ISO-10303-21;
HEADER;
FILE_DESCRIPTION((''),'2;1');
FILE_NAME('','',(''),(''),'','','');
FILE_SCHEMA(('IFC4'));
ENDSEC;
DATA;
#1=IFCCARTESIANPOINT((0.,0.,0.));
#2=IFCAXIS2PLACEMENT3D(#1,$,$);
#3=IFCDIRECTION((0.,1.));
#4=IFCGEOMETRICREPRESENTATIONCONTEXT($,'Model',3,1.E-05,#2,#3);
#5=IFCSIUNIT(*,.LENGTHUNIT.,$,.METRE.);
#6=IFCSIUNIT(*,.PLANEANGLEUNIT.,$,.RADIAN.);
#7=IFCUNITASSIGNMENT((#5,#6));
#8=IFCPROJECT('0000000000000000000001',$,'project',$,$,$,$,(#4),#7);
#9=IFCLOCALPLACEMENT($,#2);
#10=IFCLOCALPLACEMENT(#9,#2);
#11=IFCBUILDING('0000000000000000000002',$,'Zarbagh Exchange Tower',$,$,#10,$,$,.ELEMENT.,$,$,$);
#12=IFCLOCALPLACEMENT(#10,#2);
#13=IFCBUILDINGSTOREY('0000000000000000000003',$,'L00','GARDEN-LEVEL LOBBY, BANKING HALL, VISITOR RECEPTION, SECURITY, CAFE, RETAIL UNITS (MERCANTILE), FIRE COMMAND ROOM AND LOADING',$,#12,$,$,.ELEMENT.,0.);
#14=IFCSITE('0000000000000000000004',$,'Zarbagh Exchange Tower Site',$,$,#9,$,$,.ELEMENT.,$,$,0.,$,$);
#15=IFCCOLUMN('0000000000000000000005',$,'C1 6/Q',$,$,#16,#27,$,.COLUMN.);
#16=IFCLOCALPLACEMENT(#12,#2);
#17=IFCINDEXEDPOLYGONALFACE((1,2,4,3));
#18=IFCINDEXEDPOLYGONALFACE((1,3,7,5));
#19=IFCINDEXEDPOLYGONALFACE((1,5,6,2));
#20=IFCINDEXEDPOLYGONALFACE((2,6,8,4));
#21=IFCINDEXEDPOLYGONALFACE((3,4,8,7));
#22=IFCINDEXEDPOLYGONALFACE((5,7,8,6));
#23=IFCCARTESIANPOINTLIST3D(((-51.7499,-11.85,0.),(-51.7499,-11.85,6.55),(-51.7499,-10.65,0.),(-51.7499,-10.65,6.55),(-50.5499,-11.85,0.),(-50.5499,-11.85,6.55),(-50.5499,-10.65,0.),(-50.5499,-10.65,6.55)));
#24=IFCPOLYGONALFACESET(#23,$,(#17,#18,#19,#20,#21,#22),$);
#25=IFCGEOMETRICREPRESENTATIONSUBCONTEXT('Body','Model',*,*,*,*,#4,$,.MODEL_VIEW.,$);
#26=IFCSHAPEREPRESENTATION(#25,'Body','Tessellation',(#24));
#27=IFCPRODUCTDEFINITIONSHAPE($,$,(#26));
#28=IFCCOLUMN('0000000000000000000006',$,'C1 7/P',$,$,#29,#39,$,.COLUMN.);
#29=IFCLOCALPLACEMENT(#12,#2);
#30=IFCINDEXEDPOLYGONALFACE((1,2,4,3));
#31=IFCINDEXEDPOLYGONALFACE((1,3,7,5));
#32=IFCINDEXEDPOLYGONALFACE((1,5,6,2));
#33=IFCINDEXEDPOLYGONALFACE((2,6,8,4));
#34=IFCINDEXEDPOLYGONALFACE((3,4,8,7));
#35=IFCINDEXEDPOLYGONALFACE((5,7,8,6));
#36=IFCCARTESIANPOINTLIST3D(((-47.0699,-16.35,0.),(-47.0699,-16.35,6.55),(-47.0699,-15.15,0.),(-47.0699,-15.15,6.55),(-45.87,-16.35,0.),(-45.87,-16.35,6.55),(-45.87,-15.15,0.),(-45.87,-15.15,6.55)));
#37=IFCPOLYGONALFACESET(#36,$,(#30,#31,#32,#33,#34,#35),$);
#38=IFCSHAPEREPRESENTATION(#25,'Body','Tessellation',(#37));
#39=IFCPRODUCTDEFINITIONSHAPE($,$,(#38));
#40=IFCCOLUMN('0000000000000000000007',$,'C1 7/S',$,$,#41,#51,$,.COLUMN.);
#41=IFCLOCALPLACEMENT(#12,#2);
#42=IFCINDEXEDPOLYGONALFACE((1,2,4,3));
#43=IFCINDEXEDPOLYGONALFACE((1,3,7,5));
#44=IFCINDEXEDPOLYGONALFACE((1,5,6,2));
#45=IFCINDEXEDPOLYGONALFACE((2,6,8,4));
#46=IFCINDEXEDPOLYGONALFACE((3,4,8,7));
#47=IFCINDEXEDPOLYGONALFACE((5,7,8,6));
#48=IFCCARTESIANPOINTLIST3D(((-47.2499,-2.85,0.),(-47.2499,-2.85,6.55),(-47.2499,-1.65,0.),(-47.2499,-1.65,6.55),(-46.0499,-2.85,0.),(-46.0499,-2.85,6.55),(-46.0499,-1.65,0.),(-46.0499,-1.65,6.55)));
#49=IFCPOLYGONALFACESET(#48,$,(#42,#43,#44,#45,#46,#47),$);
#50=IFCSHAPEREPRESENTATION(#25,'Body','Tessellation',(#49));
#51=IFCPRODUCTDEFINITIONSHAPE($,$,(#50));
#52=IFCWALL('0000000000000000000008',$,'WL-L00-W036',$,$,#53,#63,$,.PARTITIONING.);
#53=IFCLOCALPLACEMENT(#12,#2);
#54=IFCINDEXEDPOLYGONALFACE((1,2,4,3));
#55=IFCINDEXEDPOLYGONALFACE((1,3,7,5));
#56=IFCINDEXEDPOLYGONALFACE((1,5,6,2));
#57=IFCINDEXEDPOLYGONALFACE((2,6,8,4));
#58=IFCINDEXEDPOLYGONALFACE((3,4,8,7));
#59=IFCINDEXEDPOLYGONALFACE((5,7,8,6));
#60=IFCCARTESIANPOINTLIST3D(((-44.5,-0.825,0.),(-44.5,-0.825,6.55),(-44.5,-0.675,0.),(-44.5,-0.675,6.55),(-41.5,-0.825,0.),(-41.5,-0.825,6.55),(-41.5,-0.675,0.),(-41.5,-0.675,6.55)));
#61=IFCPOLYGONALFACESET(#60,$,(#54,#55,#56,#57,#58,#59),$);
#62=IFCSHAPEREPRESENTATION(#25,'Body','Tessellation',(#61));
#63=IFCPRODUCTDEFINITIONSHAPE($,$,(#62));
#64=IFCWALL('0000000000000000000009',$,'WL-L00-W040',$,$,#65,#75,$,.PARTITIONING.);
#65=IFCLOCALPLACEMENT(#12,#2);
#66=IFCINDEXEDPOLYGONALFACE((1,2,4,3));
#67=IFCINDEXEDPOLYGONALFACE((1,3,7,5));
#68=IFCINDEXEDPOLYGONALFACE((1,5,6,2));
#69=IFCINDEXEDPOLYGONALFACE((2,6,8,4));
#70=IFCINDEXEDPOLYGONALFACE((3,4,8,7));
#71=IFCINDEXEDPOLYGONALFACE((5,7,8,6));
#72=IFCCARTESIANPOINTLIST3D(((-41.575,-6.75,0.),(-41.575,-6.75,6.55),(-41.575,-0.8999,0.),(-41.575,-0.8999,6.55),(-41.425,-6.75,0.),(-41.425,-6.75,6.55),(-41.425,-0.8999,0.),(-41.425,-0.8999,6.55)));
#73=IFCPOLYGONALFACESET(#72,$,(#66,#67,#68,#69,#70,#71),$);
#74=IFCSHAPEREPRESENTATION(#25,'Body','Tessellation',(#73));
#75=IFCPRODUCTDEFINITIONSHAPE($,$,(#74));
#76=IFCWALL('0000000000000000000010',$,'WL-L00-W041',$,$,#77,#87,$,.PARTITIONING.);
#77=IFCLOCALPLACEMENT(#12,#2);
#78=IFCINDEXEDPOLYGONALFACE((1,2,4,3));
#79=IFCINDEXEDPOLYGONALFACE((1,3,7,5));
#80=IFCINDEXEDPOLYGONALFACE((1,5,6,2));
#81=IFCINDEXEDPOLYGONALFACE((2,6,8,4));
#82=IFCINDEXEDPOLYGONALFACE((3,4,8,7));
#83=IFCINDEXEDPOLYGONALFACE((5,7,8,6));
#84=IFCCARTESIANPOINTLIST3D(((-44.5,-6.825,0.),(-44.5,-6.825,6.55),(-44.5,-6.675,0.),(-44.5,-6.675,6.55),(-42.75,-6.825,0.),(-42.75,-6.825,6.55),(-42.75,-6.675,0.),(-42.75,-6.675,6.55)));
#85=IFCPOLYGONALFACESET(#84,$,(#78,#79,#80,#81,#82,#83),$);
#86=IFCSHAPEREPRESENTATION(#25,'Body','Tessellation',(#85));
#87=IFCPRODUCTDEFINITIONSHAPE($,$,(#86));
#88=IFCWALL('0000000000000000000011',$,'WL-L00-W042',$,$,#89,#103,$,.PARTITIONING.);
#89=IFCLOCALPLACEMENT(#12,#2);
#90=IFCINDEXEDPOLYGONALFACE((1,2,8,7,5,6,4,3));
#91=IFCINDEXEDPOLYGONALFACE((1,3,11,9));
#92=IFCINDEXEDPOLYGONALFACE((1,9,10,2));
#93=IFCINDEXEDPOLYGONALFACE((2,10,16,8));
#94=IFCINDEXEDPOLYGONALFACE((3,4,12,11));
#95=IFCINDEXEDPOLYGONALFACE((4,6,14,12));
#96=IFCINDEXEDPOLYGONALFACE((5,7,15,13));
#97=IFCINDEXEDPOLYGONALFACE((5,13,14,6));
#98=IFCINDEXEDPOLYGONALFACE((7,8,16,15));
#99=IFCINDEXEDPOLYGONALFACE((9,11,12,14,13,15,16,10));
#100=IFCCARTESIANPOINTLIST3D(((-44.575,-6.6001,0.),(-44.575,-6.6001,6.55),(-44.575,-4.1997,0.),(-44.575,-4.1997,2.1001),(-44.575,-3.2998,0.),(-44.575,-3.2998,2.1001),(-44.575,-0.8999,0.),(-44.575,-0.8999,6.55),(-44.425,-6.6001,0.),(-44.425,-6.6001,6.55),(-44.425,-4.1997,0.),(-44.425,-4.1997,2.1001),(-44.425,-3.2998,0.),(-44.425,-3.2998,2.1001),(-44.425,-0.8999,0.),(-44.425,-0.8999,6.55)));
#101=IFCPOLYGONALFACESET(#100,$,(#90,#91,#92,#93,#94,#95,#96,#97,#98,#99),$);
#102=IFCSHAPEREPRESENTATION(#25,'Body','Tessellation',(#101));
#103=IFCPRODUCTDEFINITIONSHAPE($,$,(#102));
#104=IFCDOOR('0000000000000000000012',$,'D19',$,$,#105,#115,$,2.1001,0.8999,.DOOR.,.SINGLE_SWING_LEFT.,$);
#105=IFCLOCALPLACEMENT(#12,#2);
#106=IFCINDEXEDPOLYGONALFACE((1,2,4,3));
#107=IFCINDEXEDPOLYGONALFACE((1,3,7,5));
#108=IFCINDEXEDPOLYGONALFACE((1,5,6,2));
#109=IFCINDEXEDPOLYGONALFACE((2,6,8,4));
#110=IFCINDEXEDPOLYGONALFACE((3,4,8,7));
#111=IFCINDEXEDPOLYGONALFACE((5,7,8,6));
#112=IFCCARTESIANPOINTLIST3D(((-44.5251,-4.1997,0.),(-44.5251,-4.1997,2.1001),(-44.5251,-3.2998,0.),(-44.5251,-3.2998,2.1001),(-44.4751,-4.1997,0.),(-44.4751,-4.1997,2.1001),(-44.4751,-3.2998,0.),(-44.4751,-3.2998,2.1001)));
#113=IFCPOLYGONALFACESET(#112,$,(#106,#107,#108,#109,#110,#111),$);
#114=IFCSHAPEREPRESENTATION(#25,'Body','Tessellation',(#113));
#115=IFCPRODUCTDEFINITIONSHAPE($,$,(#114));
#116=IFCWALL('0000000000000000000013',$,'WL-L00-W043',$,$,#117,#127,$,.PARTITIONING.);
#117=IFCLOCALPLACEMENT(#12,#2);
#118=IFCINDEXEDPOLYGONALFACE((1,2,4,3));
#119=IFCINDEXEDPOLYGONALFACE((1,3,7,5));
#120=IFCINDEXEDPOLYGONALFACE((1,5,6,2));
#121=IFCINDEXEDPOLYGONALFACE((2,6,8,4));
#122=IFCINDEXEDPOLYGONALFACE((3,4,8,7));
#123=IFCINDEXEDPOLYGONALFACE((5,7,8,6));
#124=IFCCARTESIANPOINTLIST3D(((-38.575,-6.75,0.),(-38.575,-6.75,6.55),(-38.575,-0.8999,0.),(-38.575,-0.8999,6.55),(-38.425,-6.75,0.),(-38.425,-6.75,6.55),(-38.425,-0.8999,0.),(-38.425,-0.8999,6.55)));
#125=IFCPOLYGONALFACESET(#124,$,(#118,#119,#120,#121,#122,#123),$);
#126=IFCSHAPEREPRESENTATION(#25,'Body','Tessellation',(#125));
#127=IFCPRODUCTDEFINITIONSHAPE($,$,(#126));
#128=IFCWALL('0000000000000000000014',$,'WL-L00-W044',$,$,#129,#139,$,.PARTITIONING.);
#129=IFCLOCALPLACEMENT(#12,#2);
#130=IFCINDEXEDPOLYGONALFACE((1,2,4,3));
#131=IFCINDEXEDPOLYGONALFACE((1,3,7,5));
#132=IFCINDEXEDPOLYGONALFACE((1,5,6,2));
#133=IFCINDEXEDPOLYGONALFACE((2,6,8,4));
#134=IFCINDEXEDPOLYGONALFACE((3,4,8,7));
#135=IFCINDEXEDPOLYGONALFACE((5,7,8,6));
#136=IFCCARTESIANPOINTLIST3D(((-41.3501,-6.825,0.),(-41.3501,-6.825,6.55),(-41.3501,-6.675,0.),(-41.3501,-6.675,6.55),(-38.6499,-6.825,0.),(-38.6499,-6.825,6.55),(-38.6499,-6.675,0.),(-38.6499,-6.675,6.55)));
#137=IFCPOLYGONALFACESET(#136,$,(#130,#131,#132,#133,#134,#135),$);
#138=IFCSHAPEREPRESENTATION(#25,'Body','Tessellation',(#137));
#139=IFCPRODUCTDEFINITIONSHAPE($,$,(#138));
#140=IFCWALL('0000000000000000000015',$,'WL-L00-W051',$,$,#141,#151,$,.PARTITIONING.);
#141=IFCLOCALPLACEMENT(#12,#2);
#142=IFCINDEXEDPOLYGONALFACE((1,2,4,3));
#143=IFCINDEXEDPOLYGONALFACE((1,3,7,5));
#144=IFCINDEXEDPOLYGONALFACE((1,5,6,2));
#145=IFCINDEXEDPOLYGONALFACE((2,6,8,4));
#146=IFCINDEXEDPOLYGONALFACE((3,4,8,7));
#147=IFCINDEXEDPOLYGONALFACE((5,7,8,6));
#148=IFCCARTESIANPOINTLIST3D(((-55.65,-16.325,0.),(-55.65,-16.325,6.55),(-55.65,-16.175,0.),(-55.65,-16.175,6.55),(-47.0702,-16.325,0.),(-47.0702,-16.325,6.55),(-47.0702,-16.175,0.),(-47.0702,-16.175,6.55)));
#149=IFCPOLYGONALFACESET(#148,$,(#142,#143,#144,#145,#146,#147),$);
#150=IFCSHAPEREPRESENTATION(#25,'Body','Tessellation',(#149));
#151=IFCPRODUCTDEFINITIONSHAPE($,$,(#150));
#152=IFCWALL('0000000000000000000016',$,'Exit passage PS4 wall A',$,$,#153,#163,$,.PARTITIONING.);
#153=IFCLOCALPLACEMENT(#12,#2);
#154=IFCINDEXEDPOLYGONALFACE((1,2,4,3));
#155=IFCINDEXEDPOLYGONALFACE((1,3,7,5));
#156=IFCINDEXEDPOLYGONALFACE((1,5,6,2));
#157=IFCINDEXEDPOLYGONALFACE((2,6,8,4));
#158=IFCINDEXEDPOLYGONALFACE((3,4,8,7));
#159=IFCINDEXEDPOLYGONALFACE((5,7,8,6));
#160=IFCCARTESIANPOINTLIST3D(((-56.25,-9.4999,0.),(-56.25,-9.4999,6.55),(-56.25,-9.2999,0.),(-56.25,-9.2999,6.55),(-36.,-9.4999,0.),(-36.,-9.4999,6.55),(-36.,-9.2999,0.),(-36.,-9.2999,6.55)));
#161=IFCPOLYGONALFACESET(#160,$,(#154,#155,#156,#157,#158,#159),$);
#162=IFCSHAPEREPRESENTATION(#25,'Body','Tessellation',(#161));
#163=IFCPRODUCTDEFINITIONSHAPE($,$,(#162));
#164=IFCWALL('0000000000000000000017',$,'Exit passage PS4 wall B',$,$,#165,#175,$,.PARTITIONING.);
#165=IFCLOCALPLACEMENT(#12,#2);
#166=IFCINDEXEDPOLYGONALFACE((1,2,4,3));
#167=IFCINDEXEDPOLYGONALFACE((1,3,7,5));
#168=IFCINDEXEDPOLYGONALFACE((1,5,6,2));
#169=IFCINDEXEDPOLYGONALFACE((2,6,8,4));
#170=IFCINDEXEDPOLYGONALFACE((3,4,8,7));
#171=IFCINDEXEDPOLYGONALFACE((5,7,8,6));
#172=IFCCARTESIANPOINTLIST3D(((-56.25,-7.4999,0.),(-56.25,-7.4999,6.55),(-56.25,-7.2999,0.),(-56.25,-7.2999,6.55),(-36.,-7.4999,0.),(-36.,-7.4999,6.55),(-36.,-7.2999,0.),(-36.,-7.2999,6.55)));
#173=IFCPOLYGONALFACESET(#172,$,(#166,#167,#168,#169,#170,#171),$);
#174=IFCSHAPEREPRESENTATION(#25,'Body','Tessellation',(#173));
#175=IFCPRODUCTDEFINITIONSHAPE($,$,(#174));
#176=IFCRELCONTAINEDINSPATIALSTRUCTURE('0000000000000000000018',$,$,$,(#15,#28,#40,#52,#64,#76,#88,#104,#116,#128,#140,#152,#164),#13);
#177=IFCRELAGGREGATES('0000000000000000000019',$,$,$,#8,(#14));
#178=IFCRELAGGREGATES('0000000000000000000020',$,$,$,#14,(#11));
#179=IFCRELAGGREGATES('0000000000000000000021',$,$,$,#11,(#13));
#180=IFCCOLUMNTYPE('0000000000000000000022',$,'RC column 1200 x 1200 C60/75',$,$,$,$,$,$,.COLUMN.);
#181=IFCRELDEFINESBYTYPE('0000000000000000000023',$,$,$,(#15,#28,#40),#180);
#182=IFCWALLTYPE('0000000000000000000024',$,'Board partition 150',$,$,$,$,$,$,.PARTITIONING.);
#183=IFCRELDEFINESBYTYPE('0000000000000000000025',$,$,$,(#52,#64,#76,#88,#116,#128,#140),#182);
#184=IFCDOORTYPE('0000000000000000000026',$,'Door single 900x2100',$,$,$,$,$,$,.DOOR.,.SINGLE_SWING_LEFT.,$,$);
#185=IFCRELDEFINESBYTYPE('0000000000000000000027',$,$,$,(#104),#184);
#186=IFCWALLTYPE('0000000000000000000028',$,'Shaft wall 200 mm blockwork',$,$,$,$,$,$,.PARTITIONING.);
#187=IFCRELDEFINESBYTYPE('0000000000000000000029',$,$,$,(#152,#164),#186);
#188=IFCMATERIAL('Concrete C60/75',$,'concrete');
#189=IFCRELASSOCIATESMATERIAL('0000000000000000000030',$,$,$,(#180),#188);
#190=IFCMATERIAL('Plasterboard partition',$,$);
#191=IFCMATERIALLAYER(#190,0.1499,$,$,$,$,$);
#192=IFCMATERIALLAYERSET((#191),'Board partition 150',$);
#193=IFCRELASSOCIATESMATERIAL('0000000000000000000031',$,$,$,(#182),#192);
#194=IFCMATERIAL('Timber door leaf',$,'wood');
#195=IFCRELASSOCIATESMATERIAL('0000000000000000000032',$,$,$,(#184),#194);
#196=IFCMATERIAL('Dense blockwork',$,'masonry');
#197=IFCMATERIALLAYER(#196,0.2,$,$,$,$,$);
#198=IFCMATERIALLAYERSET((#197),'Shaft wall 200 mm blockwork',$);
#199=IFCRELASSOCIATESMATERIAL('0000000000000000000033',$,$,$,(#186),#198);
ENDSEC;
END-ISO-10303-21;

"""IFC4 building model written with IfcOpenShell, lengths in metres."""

from ifc_helpers import new_model, si_unit, direction, frame, frame_2d, origin, origin_2d, place, context, subcontext, project, spatial, rectangle, extrude, material, layer, layer_set, material_profile, profile_set, type_object, element, fill, save


model = new_model("IFC4")

# Units and contexts
model_context = context("Model", 3, precision=1e-05, world=origin(), true_north=direction((0.0, 1.0)))
body_context = subcontext(model_context, "Body", "Model", "MODEL_VIEW")
ifc_project = project(units=[si_unit("LENGTHUNIT", "METRE"), si_unit("PLANEANGLEUNIT", "RADIAN")], contexts=[model_context])

# Site, building, storey
site_placement = place(None, origin())
site = spatial("IfcSite", under=ifc_project, at=site_placement, Name="Zarbagh Exchange Tower Site", CompositionType="ELEMENT", RefElevation=0.0)
building_placement = place(site_placement, origin())
building = spatial("IfcBuilding", under=site, at=building_placement, Name="Zarbagh Exchange Tower", CompositionType="ELEMENT")
storey_placement = place(building_placement, origin())
storey = spatial("IfcBuildingStorey", under=building, at=storey_placement, Name="L00", Description="GARDEN-LEVEL LOBBY, BANKING HALL, VISITOR RECEPTION, SECURITY, CAFE, RETAIL UNITS (MERCANTILE), FIRE COMMAND ROOM AND LOADING", CompositionType="ELEMENT", Elevation=0.0)

# Columns
ifc_material_1 = material(Name="Concrete C60/75", Category="concrete")
ifc_material_profile = material_profile(ifc_material_1, rectangle(XDim=1.2, YDim=1.2, at=origin_2d()), Name="RC column 1200 x 1200 C60/75")
ifc_profile_set = profile_set([ifc_material_profile], Name="Concrete C60/75")
column_type = type_object("IfcColumnType", Name="RC column 1200 x 1200 C60/75", PredefinedType="COLUMN", material=ifc_profile_set)
for number, where, z_axis, x_axis, name in (
    (1, (-51.1499, -11.25, 0.0), (0.0, 0.0, 1.0), (1.0, 0.0, 0.0), "C1 6/Q"),
    (2, (-46.47, -15.75, 0.0), (0.0, 0.0, 1.0), (1.0, 0.0, 0.0), "C1 7/P"),
    (3, (-46.6499, -2.25, 0.0), (0.0, 0.0, 1.0), (1.0, 0.0, 0.0), "C1 7/S"),
):
    element("IfcColumn", number, at=place(storey_placement, frame(where, z_axis=z_axis, x_axis=x_axis)), inside=storey, type_object=column_type, Name=name, PredefinedType="COLUMN", context=body_context, shape_type="SweptSolid", body=[
        extrude(rectangle(XDim=1.2, YDim=1.2, at=origin_2d()), origin(), (0.0, 0.0, 1.0), 6.55),
    ])

# Walls
ifc_material_2 = material(Name="Plasterboard partition")
ifc_layer_1 = layer(ifc_material_2, 0.1499)
ifc_layer_set_1 = layer_set([ifc_layer_1], Name="Board partition 150")
wall_type_1 = type_object("IfcWallType", Name="Board partition 150", PredefinedType="PARTITIONING", material=ifc_layer_set_1)
wall_1_placement = place(storey_placement, frame((-41.5, -0.75, 0.0), z_axis=(0.0, 0.0, 1.0), x_axis=(-1.0, 0.0, 0.0)))
element("IfcWall", 4, at=wall_1_placement, inside=storey, type_object=wall_type_1, Name="WL-L00-W036", PredefinedType="PARTITIONING", context=body_context, shape_type="SweptSolid", body=[
    extrude(rectangle(XDim=3.0, YDim=0.1499, at=frame_2d((1.5, 0.0))), origin(), (0.0, 0.0, 1.0), 6.55),
])
wall_2_placement = place(storey_placement, frame((-41.5, -0.8999, 0.0), z_axis=(0.0, 0.0, 1.0), x_axis=(0.0, -1.0, 0.0)))
element("IfcWall", 5, at=wall_2_placement, inside=storey, type_object=wall_type_1, Name="WL-L00-W040", PredefinedType="PARTITIONING", context=body_context, shape_type="SweptSolid", body=[
    extrude(rectangle(XDim=5.8501, YDim=0.1499, at=frame_2d((2.925, 0.0))), origin(), (0.0, 0.0, 1.0), 6.55),
])
wall_3_placement = place(storey_placement, frame((-42.75, -6.75, 0.0), z_axis=(0.0, 0.0, 1.0), x_axis=(-1.0, 0.0, 0.0)))
element("IfcWall", 6, at=wall_3_placement, inside=storey, type_object=wall_type_1, Name="WL-L00-W041", PredefinedType="PARTITIONING", context=body_context, shape_type="SweptSolid", body=[
    extrude(rectangle(XDim=1.75, YDim=0.1499, at=frame_2d((0.875, 0.0))), origin(), (0.0, 0.0, 1.0), 6.55),
])

# Wall, opening, door
wall_4_placement = place(storey_placement, frame((-44.5, -0.8999, 0.0), z_axis=(0.0, 0.0, 1.0), x_axis=(0.0, -1.0, 0.0)))
wall_4 = element("IfcWall", 7, at=wall_4_placement, inside=storey, type_object=wall_type_1, Name="WL-L00-W042", PredefinedType="PARTITIONING", context=body_context, shape_type="SweptSolid", body=[
    extrude(rectangle(XDim=5.7002, YDim=0.1499, at=frame_2d((2.8501, 0.0))), origin(), (0.0, 0.0, 1.0), 6.55),
])
opening_1_placement = place(wall_4_placement, frame((2.3999, 0.0, 0.0)))
opening_1 = element("IfcOpeningElement", 8, at=opening_1_placement, cuts=wall_4, PredefinedType="OPENING", context=body_context, shape_type="SweptSolid", body=[
    extrude(rectangle(XDim=0.8999, YDim=2.1001, at=frame_2d((0.45, 1.05))), frame((0.0, 0.085, 0.0), z_axis=(0.0, -1.0, 0.0), x_axis=(1.0, 0.0, 0.0)), (0.0, 0.0, 1.0), 0.1699),
])
ifc_material_3 = material(Name="Timber door leaf", Category="wood")
door_type_1 = type_object("IfcDoorType", Name="Door single 900x2100", OperationType="SINGLE_SWING_LEFT", PredefinedType="DOOR", material=ifc_material_3)
door_1_placement = place(opening_1_placement, origin())
door_1 = element("IfcDoor", 9, at=door_1_placement, inside=storey, type_object=door_type_1, Name="D19", OperationType="SINGLE_SWING_LEFT", OverallHeight=2.1001, OverallWidth=0.8999, PredefinedType="DOOR", context=body_context, shape_type="SweptSolid", body=[
    extrude(rectangle(XDim=0.8999, YDim=2.1001, at=frame_2d((0.45, 1.05))), frame((0.0, 0.0249, 0.0), z_axis=(0.0, -1.0, 0.0), x_axis=(1.0, 0.0, 0.0)), (0.0, 0.0, 1.0), 0.05),
])
fill(opening_1, door_1)

# Walls
wall_5_placement = place(storey_placement, frame((-38.5, -0.8999, 0.0), z_axis=(0.0, 0.0, 1.0), x_axis=(0.0, -1.0, 0.0)))
element("IfcWall", 10, at=wall_5_placement, inside=storey, type_object=wall_type_1, Name="WL-L00-W043", PredefinedType="PARTITIONING", context=body_context, shape_type="SweptSolid", body=[
    extrude(rectangle(XDim=5.8501, YDim=0.1499, at=frame_2d((2.925, 0.0))), origin(), (0.0, 0.0, 1.0), 6.55),
])
wall_6_placement = place(storey_placement, frame((-38.6499, -6.75, 0.0), z_axis=(0.0, 0.0, 1.0), x_axis=(-1.0, 0.0, 0.0)))
element("IfcWall", 11, at=wall_6_placement, inside=storey, type_object=wall_type_1, Name="WL-L00-W044", PredefinedType="PARTITIONING", context=body_context, shape_type="SweptSolid", body=[
    extrude(rectangle(XDim=2.7002, YDim=0.1499, at=frame_2d((1.3501, 0.0))), origin(), (0.0, 0.0, 1.0), 6.55),
])
wall_7_placement = place(storey_placement, frame((-47.0701, -16.25, 0.0), z_axis=(0.0, 0.0, 1.0), x_axis=(-1.0, 0.0, 0.0)))
element("IfcWall", 12, at=wall_7_placement, inside=storey, type_object=wall_type_1, Name="WL-L00-W051", PredefinedType="PARTITIONING", context=body_context, shape_type="SweptSolid", body=[
    extrude(rectangle(XDim=8.5798, YDim=0.1499, at=frame_2d((4.29, 0.0))), origin(), (0.0, 0.0, 1.0), 6.55),
])
ifc_material_4 = material(Name="Dense blockwork", Category="masonry")
ifc_layer_2 = layer(ifc_material_4, 0.2)
ifc_layer_set_2 = layer_set([ifc_layer_2], Name="Shaft wall 200 mm blockwork")
wall_type_2 = type_object("IfcWallType", Name="Shaft wall 200 mm blockwork", PredefinedType="PARTITIONING", material=ifc_layer_set_2)
for number, where, z_axis, x_axis, name in (
    (13, (-56.25, -9.3999, 0.0), (0.0, 0.0, 1.0), (1.0, 0.0, 0.0), "Exit passage PS4 wall A"),
    (14, (-56.25, -7.3999, 0.0), (0.0, 0.0, 1.0), (1.0, 0.0, 0.0), "Exit passage PS4 wall B"),
):
    element("IfcWall", number, at=place(storey_placement, frame(where, z_axis=z_axis, x_axis=x_axis)), inside=storey, type_object=wall_type_2, Name=name, PredefinedType="PARTITIONING", context=body_context, shape_type="SweptSolid", body=[
        extrude(rectangle(XDim=20.25, YDim=0.2, at=frame_2d((10.125, 0.0))), origin(), (0.0, 0.0, 1.0), 6.55),
    ])

save(model, "model.ifc")
